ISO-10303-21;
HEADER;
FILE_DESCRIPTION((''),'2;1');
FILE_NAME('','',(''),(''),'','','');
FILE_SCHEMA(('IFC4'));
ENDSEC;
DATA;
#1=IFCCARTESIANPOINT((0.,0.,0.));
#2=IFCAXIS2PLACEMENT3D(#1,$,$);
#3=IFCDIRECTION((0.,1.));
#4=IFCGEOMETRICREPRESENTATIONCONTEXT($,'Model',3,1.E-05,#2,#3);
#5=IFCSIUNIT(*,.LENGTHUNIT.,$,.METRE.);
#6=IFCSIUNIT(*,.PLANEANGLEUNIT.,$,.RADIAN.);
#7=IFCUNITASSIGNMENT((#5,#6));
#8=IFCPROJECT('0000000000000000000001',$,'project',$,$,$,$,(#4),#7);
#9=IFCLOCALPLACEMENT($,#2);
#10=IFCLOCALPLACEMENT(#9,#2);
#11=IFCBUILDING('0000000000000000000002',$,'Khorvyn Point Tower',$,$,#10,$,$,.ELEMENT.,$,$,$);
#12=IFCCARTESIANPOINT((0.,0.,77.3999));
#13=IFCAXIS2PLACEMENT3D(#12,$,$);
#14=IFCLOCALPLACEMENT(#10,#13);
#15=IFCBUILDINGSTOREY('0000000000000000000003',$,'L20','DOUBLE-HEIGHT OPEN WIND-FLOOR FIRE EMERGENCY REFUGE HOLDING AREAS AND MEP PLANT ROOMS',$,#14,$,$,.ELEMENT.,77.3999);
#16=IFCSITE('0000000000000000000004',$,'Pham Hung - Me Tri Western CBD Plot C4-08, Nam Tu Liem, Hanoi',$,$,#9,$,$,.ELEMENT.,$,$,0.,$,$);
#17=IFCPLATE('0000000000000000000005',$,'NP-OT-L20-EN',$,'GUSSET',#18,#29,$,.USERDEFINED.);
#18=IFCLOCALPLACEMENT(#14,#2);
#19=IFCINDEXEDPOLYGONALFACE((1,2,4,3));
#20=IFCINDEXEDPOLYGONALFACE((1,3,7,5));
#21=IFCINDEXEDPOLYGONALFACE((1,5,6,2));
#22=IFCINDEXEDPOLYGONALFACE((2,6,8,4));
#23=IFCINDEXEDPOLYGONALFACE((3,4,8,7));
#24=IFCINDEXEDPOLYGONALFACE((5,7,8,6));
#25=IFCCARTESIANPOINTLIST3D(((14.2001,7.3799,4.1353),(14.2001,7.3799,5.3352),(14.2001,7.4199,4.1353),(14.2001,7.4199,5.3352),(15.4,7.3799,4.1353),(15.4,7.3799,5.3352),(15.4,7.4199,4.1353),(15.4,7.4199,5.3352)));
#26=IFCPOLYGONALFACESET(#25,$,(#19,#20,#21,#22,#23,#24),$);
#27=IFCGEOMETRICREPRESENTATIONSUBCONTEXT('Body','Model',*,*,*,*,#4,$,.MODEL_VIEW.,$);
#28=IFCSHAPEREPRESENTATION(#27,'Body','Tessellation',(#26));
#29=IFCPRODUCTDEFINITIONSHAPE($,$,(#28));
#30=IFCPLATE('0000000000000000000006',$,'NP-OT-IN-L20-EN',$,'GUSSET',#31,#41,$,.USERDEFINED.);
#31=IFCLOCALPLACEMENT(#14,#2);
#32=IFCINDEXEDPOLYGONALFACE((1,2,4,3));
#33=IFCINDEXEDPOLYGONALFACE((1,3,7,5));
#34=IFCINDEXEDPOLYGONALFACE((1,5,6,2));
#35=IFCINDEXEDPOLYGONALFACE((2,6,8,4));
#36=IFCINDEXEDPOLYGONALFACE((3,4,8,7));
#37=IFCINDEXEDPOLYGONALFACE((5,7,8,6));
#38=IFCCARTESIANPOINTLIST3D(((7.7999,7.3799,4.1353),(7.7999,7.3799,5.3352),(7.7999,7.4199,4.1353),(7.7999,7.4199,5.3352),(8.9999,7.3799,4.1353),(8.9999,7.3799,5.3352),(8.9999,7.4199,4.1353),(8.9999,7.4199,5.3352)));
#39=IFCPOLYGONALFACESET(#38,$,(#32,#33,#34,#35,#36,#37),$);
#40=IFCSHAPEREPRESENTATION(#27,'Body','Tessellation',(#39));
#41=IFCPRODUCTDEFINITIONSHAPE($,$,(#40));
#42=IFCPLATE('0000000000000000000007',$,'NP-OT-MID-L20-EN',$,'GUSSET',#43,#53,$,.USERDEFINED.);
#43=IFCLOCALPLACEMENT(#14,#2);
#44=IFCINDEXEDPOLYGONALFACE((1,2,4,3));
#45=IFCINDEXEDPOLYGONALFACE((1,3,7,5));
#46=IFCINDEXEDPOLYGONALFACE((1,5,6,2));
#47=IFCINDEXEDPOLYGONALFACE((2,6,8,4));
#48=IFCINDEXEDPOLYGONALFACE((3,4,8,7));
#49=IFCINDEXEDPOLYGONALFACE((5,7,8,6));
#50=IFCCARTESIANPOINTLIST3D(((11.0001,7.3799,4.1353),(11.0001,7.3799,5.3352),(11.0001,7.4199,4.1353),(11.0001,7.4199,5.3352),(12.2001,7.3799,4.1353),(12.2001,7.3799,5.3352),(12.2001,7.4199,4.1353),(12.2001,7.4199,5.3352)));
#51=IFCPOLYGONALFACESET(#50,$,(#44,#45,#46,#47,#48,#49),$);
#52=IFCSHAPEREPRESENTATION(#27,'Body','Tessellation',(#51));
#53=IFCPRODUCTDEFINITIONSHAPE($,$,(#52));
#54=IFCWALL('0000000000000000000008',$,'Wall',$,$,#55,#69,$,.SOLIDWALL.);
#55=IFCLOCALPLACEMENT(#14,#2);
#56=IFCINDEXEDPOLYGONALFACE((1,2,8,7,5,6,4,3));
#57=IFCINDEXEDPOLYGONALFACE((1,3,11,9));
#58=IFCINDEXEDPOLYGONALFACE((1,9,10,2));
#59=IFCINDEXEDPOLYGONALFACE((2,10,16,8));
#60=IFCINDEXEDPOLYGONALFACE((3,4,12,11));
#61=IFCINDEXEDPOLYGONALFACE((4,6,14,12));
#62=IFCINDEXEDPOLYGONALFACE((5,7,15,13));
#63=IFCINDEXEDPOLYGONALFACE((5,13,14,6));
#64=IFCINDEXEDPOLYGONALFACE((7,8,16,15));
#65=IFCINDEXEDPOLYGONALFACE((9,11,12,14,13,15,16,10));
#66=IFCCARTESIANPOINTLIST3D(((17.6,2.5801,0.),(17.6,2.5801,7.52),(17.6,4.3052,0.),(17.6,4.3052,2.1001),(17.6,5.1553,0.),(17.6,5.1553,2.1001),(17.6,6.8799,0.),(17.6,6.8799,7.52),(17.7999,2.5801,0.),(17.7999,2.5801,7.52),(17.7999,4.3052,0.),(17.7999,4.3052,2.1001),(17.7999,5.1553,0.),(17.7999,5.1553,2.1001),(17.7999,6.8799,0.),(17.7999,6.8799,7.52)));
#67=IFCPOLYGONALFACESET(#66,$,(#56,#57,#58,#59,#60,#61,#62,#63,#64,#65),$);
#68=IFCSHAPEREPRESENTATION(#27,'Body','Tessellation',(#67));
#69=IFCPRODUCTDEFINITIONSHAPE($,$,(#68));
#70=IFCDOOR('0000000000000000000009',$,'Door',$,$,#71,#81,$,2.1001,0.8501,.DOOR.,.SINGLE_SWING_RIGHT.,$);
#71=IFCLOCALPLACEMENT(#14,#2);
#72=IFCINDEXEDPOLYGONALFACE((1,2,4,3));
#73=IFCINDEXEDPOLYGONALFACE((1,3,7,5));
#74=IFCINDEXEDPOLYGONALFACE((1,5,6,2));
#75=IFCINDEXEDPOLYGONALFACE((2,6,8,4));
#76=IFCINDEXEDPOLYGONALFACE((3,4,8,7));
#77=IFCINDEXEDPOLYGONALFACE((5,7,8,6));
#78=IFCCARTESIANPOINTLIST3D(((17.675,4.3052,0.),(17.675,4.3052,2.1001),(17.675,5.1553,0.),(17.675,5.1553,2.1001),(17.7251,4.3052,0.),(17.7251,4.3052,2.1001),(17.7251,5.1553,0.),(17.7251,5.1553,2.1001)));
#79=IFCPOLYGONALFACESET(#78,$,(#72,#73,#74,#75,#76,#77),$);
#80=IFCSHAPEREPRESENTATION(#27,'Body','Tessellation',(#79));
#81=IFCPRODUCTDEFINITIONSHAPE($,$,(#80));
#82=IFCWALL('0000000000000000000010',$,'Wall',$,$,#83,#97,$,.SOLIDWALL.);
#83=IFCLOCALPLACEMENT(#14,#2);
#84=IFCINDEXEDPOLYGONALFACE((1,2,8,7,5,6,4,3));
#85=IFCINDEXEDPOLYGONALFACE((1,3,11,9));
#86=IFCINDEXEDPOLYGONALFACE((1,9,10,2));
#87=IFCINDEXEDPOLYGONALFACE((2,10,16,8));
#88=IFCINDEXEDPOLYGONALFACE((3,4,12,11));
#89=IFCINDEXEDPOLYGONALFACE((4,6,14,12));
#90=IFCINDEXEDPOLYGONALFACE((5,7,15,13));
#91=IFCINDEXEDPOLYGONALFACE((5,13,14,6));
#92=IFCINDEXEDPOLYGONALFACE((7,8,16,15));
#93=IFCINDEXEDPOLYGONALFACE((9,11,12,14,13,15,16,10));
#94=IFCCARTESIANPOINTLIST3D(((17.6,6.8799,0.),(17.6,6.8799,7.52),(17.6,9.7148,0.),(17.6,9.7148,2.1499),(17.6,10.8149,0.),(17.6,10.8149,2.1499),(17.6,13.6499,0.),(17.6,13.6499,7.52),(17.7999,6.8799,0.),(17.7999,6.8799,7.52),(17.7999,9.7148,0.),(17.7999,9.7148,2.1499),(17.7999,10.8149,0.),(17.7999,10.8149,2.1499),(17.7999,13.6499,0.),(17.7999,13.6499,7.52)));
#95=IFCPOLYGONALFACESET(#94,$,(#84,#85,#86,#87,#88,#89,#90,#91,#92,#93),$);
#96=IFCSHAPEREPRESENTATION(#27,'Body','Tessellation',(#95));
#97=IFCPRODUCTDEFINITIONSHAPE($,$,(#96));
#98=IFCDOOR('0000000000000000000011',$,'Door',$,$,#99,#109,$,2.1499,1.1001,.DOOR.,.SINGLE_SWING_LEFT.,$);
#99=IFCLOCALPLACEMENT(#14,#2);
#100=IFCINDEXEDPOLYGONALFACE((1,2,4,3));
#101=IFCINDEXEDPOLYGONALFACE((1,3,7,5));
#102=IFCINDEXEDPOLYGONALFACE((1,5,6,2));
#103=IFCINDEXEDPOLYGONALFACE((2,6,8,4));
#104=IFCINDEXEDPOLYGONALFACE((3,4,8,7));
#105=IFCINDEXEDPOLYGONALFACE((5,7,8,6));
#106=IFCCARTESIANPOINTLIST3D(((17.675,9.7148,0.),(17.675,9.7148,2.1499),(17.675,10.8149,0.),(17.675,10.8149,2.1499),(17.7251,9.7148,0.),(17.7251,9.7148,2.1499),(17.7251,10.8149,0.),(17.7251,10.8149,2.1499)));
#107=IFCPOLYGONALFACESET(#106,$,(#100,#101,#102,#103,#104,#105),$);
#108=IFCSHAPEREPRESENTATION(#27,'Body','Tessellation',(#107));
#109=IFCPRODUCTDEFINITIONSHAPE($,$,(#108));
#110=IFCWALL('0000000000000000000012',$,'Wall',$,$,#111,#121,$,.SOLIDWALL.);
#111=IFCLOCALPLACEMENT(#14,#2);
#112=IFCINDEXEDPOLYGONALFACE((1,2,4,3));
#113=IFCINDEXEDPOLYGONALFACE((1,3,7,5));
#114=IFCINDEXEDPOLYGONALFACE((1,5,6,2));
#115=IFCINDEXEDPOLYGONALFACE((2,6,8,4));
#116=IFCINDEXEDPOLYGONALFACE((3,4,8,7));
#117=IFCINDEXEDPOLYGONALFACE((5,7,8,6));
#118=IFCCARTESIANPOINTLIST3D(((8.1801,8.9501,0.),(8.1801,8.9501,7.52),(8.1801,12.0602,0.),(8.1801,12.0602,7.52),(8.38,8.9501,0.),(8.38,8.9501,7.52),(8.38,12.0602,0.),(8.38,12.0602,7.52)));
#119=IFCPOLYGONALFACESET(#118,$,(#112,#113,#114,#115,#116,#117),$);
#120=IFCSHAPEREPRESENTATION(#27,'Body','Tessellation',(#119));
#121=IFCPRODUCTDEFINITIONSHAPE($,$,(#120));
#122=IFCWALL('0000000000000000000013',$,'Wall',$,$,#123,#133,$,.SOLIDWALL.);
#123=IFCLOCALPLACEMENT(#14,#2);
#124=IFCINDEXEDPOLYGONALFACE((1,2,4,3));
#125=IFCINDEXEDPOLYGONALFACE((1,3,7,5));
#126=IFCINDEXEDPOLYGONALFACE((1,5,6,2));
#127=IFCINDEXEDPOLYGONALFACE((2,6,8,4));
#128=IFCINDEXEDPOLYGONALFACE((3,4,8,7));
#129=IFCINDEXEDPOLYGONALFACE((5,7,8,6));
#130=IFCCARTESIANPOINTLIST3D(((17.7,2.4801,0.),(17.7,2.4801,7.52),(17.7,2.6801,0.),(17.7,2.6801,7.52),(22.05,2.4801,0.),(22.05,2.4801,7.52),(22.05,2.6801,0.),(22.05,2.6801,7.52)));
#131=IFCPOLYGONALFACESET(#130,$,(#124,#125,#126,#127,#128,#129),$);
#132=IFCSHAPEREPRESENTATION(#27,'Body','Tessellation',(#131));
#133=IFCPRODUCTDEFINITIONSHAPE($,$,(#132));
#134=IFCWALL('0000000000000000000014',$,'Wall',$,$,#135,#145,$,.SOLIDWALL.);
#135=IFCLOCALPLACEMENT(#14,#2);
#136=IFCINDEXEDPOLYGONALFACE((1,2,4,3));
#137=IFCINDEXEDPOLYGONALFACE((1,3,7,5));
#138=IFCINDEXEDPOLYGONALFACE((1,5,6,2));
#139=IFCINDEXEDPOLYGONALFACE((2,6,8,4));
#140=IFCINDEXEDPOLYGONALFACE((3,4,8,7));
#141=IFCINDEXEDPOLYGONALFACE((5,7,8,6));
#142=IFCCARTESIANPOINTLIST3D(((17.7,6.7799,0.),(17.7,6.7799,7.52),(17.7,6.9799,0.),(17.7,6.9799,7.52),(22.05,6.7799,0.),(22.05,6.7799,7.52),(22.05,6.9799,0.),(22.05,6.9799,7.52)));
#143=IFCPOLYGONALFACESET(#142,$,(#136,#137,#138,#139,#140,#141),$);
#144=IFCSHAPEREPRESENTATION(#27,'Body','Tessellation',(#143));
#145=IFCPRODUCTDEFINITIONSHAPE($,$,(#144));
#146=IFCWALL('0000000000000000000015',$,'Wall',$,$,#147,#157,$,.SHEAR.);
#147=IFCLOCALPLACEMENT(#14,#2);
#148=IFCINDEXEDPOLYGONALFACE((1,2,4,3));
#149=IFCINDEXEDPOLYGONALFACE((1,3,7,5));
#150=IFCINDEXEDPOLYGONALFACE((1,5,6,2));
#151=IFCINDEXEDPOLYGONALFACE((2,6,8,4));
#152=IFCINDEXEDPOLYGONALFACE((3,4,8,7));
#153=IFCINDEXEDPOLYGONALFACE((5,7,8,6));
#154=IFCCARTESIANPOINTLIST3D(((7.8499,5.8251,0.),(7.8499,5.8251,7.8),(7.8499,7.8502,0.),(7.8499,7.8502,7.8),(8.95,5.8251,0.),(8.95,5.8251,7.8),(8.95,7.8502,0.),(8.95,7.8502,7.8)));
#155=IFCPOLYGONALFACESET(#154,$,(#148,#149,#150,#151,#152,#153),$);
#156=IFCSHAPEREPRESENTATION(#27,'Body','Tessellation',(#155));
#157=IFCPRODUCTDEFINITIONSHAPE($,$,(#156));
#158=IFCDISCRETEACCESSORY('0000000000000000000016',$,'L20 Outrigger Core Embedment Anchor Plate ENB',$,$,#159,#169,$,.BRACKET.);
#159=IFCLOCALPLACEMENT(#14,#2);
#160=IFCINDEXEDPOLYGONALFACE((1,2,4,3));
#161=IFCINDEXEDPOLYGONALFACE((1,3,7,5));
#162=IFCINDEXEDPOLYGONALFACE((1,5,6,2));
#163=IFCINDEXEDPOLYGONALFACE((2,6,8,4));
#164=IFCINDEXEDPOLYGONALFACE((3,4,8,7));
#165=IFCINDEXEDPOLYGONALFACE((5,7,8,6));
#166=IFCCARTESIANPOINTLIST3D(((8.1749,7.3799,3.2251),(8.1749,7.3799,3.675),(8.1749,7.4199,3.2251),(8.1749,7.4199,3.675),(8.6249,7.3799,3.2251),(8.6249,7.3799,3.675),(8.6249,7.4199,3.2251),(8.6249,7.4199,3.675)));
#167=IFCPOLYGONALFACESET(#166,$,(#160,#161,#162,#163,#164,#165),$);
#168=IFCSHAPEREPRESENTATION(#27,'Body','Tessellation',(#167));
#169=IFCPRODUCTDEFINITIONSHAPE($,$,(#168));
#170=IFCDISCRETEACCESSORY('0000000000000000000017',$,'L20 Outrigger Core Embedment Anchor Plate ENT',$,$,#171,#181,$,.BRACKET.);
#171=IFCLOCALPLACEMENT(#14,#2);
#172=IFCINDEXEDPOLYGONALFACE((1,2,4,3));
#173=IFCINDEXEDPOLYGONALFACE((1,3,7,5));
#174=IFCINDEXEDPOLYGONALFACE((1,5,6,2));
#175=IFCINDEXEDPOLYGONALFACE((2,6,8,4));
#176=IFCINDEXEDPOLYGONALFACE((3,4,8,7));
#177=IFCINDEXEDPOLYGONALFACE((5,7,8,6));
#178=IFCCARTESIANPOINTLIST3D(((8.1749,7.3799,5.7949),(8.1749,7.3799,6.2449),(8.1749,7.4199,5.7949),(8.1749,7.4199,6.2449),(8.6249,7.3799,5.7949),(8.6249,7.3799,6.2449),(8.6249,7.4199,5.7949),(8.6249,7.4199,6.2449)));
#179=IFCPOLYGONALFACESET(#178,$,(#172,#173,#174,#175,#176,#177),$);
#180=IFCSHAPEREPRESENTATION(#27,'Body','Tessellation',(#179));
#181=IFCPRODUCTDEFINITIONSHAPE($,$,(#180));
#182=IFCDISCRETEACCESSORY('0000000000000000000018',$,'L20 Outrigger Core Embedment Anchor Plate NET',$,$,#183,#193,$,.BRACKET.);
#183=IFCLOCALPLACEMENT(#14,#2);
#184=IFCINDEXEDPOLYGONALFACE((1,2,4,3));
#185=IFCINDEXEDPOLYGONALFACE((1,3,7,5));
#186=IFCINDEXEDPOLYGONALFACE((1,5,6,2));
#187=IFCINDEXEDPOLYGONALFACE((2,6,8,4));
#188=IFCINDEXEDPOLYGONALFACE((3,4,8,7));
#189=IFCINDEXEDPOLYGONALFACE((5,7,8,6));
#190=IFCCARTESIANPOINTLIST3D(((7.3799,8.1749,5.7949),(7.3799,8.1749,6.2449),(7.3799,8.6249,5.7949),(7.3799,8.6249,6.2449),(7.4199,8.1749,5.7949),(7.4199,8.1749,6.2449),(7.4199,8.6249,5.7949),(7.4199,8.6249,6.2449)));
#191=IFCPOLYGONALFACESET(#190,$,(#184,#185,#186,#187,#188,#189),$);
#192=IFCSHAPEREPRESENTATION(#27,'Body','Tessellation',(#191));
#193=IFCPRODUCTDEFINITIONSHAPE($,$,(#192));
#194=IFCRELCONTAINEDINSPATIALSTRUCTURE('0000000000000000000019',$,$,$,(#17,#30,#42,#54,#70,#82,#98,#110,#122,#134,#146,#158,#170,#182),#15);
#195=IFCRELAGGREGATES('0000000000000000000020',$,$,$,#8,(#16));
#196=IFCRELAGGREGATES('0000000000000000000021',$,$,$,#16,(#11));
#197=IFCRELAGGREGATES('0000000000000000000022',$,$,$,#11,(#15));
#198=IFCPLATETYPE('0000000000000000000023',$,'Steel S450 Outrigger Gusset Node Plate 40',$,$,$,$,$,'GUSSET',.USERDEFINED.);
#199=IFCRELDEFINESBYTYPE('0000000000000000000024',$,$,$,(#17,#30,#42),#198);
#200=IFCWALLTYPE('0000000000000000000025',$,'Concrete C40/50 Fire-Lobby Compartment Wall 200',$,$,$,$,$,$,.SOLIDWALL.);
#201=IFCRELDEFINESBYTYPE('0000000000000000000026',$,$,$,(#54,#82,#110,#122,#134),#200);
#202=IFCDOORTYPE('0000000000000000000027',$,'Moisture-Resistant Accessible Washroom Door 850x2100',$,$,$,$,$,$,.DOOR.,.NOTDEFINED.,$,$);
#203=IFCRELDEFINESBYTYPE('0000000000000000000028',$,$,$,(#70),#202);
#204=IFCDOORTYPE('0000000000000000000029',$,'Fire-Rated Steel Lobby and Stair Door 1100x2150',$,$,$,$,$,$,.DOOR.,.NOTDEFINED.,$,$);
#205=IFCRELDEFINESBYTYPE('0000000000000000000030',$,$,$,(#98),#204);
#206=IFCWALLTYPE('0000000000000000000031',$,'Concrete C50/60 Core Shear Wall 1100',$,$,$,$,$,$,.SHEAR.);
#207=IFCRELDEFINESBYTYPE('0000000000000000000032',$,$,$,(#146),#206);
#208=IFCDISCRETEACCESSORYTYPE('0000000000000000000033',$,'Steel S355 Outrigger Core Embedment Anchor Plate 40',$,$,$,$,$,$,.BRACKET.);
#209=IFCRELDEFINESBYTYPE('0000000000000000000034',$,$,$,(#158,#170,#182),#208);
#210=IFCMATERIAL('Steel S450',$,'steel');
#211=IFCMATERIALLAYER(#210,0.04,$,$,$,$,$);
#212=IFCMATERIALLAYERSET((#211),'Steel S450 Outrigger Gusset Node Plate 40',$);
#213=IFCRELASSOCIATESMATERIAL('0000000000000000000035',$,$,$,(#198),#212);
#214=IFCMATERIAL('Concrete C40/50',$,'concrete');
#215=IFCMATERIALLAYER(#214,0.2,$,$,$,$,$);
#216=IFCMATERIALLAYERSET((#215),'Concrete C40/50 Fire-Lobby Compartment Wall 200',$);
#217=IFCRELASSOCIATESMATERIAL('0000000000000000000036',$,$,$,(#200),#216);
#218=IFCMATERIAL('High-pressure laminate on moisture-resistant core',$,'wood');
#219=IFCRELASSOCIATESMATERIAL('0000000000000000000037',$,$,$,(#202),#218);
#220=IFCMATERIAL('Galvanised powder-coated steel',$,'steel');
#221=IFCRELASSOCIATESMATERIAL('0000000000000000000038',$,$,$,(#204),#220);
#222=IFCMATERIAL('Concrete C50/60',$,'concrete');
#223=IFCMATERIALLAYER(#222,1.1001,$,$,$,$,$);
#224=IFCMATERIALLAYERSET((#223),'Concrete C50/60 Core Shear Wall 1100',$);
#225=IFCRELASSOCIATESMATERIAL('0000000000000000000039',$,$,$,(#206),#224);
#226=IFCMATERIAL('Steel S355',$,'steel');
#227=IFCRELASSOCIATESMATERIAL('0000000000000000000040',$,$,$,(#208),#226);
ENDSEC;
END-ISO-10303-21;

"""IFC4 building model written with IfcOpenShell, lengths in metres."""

from ifc_helpers import new_model, si_unit, direction, frame, frame_2d, origin, origin_2d, place, context, subcontext, project, spatial, rectangle, extrude, material, layer, layer_set, type_object, element, fill, save


model = new_model("IFC4")

# Units and contexts
model_context = context("Model", 3, precision=1e-05, world=origin(), true_north=direction((0.0, 1.0)))
body_context = subcontext(model_context, "Body", "Model", "MODEL_VIEW")
ifc_project = project(units=[si_unit("LENGTHUNIT", "METRE"), si_unit("PLANEANGLEUNIT", "RADIAN")], contexts=[model_context])

# Site, building, storey
site_placement = place(None, origin())
site = spatial("IfcSite", under=ifc_project, at=site_placement, Name="Pham Hung - Me Tri Western CBD Plot C4-08, Nam Tu Liem, Hanoi", CompositionType="ELEMENT", RefElevation=0.0)
building_placement = place(site_placement, origin())
building = spatial("IfcBuilding", under=site, at=building_placement, Name="Khorvyn Point Tower", CompositionType="ELEMENT")
storey_placement = place(building_placement, frame((0.0, 0.0, 77.3999)))
storey = spatial("IfcBuildingStorey", under=building, at=storey_placement, Name="L20", Description="DOUBLE-HEIGHT OPEN WIND-FLOOR FIRE EMERGENCY REFUGE HOLDING AREAS AND MEP PLANT ROOMS", CompositionType="ELEMENT", Elevation=77.3999)

# Shared definitions
ifc_material_1 = material(Name="Concrete C50/60", Category="concrete")
ifc_material_2 = material(Name="Steel S450", Category="steel")

# Shared definitions
ifc_material_3 = material(Name="Steel S355", Category="steel")

# Plates
ifc_layer_1 = layer(ifc_material_2, 0.04)
ifc_layer_set_1 = layer_set([ifc_layer_1], Name="Steel S450 Outrigger Gusset Node Plate 40")
plate_type_1 = type_object("IfcPlateType", Name="Steel S450 Outrigger Gusset Node Plate 40", ElementType="GUSSET", PredefinedType="USERDEFINED", material=ifc_layer_set_1)
for number, where, z_axis, x_axis, name in (
    (1, (14.8, 7.3999, 4.1353), (0.0, 0.0, 1.0), (1.0, 0.0, 0.0), "NP-OT-L20-EN"),
    (2, (8.3999, 7.3999, 4.1353), (0.0, 0.0, 1.0), (1.0, 0.0, 0.0), "NP-OT-IN-L20-EN"),
    (3, (11.6001, 7.3999, 4.1353), (0.0, 0.0, 1.0), (1.0, 0.0, 0.0), "NP-OT-MID-L20-EN"),
):
    element("IfcPlate", number, at=place(storey_placement, frame(where, z_axis=z_axis, x_axis=x_axis)), inside=storey, type_object=plate_type_1, Name=name, ObjectType="GUSSET", PredefinedType="USERDEFINED", context=body_context, shape_type="SweptSolid", body=[
        extrude(rectangle(XDim=1.2, YDim=0.04, at=origin_2d()), origin(), (0.0, 0.0, 1.0), 1.2),
    ])

# Walls, openings, doors
ifc_material_4 = material(Name="Concrete C40/50", Category="concrete")
ifc_layer_2 = layer(ifc_material_4, 0.2)
ifc_layer_set_2 = layer_set([ifc_layer_2], Name="Concrete C40/50 Fire-Lobby Compartment Wall 200")
wall_type_1 = type_object("IfcWallType", Name="Concrete C40/50 Fire-Lobby Compartment Wall 200", PredefinedType="SOLIDWALL", material=ifc_layer_set_2)
wall_1_placement = place(storey_placement, frame((17.7, 2.5801, 0.0), z_axis=(0.0, 0.0, 1.0), x_axis=(0.0, 1.0, 0.0)))
wall_1 = element("IfcWall", 4, at=wall_1_placement, inside=storey, type_object=wall_type_1, Name="Wall", PredefinedType="SOLIDWALL", context=body_context, shape_type="SweptSolid", body=[
    extrude(rectangle(XDim=4.2998, YDim=0.2, at=frame_2d((2.1499, 0.0))), origin(), (0.0, 0.0, 1.0), 7.52),
])
opening_1_placement = place(wall_1_placement, frame((1.7251, 0.0, 0.0)))
opening_1 = element("IfcOpeningElement", 5, at=opening_1_placement, cuts=wall_1, PredefinedType="OPENING", context=body_context, shape_type="SweptSolid", body=[
    extrude(rectangle(XDim=0.8501, YDim=2.1001, at=frame_2d((0.425, 1.05))), frame((0.0, 0.1099, 0.0), z_axis=(0.0, -1.0, 0.0), x_axis=(1.0, 0.0, 0.0)), (0.0, 0.0, 1.0), 0.22),
])
ifc_material_5 = material(Name="High-pressure laminate on moisture-resistant core", Category="wood")
door_type_1 = type_object("IfcDoorType", Name="Moisture-Resistant Accessible Washroom Door 850x2100", OperationType="NOTDEFINED", PredefinedType="DOOR", material=ifc_material_5)
door_1_placement = place(opening_1_placement, origin())
door_1 = element("IfcDoor", 6, at=door_1_placement, inside=storey, type_object=door_type_1, Name="Door", OperationType="SINGLE_SWING_RIGHT", OverallHeight=2.1001, OverallWidth=0.8501, PredefinedType="DOOR", context=body_context, shape_type="SweptSolid", body=[
    extrude(rectangle(XDim=0.8501, YDim=2.1001, at=frame_2d((0.425, 1.05))), frame((0.0, 0.0249, 0.0), z_axis=(0.0, -1.0, 0.0), x_axis=(1.0, 0.0, 0.0)), (0.0, 0.0, 1.0), 0.05),
])
fill(opening_1, door_1)
wall_2_placement = place(storey_placement, frame((17.7, 6.8799, 0.0), z_axis=(0.0, 0.0, 1.0), x_axis=(0.0, 1.0, 0.0)))
wall_2 = element("IfcWall", 7, at=wall_2_placement, inside=storey, type_object=wall_type_1, Name="Wall", PredefinedType="SOLIDWALL", context=body_context, shape_type="SweptSolid", body=[
    extrude(rectangle(XDim=6.77, YDim=0.2, at=frame_2d((3.385, 0.0))), origin(), (0.0, 0.0, 1.0), 7.52),
])
opening_2_placement = place(wall_2_placement, frame((2.835, 0.0, 0.0)))
opening_2 = element("IfcOpeningElement", 8, at=opening_2_placement, cuts=wall_2, PredefinedType="OPENING", context=body_context, shape_type="SweptSolid", body=[
    extrude(rectangle(XDim=1.1001, YDim=2.1499, at=frame_2d((0.55, 1.075))), frame((0.0, 0.1099, 0.0), z_axis=(0.0, -1.0, 0.0), x_axis=(1.0, 0.0, 0.0)), (0.0, 0.0, 1.0), 0.22),
])
ifc_material_6 = material(Name="Galvanised powder-coated steel", Category="steel")
door_type_2 = type_object("IfcDoorType", Name="Fire-Rated Steel Lobby and Stair Door 1100x2150", OperationType="NOTDEFINED", PredefinedType="DOOR", material=ifc_material_6)
door_2_placement = place(opening_2_placement, origin())
door_2 = element("IfcDoor", 9, at=door_2_placement, inside=storey, type_object=door_type_2, Name="Door", OperationType="SINGLE_SWING_LEFT", OverallHeight=2.1499, OverallWidth=1.1001, PredefinedType="DOOR", context=body_context, shape_type="SweptSolid", body=[
    extrude(rectangle(XDim=1.1001, YDim=2.1499, at=frame_2d((0.55, 1.075))), frame((0.0, 0.0249, 0.0), z_axis=(0.0, -1.0, 0.0), x_axis=(1.0, 0.0, 0.0)), (0.0, 0.0, 1.0), 0.05),
])
fill(opening_2, door_2)

# Walls
wall_3_placement = place(storey_placement, frame((8.28, 8.95, 0.0), z_axis=(0.0, 0.0, 1.0), x_axis=(0.0, 1.0, 0.0)))
element("IfcWall", 10, at=wall_3_placement, inside=storey, type_object=wall_type_1, Name="Wall", PredefinedType="SOLIDWALL", context=body_context, shape_type="SweptSolid", body=[
    extrude(rectangle(XDim=3.1101, YDim=0.2, at=frame_2d((1.5552, 0.0))), origin(), (0.0, 0.0, 1.0), 7.52),
])
for number, where, z_axis, x_axis, name in (
    (11, (17.7, 2.5801, 0.0), (0.0, 0.0, 1.0), (1.0, 0.0, 0.0), "Wall"),
    (12, (17.7, 6.8799, 0.0), (0.0, 0.0, 1.0), (1.0, 0.0, 0.0), "Wall"),
):
    element("IfcWall", number, at=place(storey_placement, frame(where, z_axis=z_axis, x_axis=x_axis)), inside=storey, type_object=wall_type_1, Name=name, PredefinedType="SOLIDWALL", context=body_context, shape_type="SweptSolid", body=[
        extrude(rectangle(XDim=4.3501, YDim=0.2, at=frame_2d((2.175, 0.0))), origin(), (0.0, 0.0, 1.0), 7.52),
    ])
ifc_layer_3 = layer(ifc_material_1, 1.1001)
ifc_layer_set_3 = layer_set([ifc_layer_3], Name="Concrete C50/60 Core Shear Wall 1100")
wall_type_2 = type_object("IfcWallType", Name="Concrete C50/60 Core Shear Wall 1100", PredefinedType="SHEAR", material=ifc_layer_set_3)
wall_4_placement = place(storey_placement, frame((8.3999, 5.825, 0.0), z_axis=(0.0, 0.0, 1.0), x_axis=(0.0, 1.0, 0.0)))
element("IfcWall", 13, at=wall_4_placement, inside=storey, type_object=wall_type_2, Name="Wall", PredefinedType="SHEAR", context=body_context, shape_type="SweptSolid", body=[
    extrude(rectangle(XDim=2.0251, YDim=1.1001, at=frame_2d((1.0127, 0.0))), origin(), (0.0, 0.0, 1.0), 7.8),
])

# Discrete accessories
discrete_accessory_type = type_object("IfcDiscreteAccessoryType", Name="Steel S355 Outrigger Core Embedment Anchor Plate 40", PredefinedType="BRACKET", material=ifc_material_3)
for number, where, z_axis, x_axis, name in (
    (14, (8.3999, 7.3999, 3.2251), (0.0, 0.0, 1.0), (1.0, 0.0, 0.0), "L20 Outrigger Core Embedment Anchor Plate ENB"),
    (15, (8.3999, 7.3999, 5.7949), (0.0, 0.0, 1.0), (1.0, 0.0, 0.0), "L20 Outrigger Core Embedment Anchor Plate ENT"),
):
    element("IfcDiscreteAccessory", number, at=place(storey_placement, frame(where, z_axis=z_axis, x_axis=x_axis)), inside=storey, type_object=discrete_accessory_type, Name=name, PredefinedType="BRACKET", context=body_context, shape_type="SweptSolid", body=[
        extrude(rectangle(XDim=0.45, YDim=0.04, at=origin_2d()), origin(), (0.0, 0.0, 1.0), 0.45),
    ])
discrete_accessory_placement = place(storey_placement, frame((7.3999, 8.3999, 5.7949), z_axis=(0.0, 0.0, 1.0), x_axis=(1.0, 0.0, 0.0)))
element("IfcDiscreteAccessory", 16, at=discrete_accessory_placement, inside=storey, type_object=discrete_accessory_type, Name="L20 Outrigger Core Embedment Anchor Plate NET", PredefinedType="BRACKET", context=body_context, shape_type="SweptSolid", body=[
    extrude(rectangle(XDim=0.04, YDim=0.45, at=origin_2d()), origin(), (0.0, 0.0, 1.0), 0.45),
])

save(model, "model.ifc")
